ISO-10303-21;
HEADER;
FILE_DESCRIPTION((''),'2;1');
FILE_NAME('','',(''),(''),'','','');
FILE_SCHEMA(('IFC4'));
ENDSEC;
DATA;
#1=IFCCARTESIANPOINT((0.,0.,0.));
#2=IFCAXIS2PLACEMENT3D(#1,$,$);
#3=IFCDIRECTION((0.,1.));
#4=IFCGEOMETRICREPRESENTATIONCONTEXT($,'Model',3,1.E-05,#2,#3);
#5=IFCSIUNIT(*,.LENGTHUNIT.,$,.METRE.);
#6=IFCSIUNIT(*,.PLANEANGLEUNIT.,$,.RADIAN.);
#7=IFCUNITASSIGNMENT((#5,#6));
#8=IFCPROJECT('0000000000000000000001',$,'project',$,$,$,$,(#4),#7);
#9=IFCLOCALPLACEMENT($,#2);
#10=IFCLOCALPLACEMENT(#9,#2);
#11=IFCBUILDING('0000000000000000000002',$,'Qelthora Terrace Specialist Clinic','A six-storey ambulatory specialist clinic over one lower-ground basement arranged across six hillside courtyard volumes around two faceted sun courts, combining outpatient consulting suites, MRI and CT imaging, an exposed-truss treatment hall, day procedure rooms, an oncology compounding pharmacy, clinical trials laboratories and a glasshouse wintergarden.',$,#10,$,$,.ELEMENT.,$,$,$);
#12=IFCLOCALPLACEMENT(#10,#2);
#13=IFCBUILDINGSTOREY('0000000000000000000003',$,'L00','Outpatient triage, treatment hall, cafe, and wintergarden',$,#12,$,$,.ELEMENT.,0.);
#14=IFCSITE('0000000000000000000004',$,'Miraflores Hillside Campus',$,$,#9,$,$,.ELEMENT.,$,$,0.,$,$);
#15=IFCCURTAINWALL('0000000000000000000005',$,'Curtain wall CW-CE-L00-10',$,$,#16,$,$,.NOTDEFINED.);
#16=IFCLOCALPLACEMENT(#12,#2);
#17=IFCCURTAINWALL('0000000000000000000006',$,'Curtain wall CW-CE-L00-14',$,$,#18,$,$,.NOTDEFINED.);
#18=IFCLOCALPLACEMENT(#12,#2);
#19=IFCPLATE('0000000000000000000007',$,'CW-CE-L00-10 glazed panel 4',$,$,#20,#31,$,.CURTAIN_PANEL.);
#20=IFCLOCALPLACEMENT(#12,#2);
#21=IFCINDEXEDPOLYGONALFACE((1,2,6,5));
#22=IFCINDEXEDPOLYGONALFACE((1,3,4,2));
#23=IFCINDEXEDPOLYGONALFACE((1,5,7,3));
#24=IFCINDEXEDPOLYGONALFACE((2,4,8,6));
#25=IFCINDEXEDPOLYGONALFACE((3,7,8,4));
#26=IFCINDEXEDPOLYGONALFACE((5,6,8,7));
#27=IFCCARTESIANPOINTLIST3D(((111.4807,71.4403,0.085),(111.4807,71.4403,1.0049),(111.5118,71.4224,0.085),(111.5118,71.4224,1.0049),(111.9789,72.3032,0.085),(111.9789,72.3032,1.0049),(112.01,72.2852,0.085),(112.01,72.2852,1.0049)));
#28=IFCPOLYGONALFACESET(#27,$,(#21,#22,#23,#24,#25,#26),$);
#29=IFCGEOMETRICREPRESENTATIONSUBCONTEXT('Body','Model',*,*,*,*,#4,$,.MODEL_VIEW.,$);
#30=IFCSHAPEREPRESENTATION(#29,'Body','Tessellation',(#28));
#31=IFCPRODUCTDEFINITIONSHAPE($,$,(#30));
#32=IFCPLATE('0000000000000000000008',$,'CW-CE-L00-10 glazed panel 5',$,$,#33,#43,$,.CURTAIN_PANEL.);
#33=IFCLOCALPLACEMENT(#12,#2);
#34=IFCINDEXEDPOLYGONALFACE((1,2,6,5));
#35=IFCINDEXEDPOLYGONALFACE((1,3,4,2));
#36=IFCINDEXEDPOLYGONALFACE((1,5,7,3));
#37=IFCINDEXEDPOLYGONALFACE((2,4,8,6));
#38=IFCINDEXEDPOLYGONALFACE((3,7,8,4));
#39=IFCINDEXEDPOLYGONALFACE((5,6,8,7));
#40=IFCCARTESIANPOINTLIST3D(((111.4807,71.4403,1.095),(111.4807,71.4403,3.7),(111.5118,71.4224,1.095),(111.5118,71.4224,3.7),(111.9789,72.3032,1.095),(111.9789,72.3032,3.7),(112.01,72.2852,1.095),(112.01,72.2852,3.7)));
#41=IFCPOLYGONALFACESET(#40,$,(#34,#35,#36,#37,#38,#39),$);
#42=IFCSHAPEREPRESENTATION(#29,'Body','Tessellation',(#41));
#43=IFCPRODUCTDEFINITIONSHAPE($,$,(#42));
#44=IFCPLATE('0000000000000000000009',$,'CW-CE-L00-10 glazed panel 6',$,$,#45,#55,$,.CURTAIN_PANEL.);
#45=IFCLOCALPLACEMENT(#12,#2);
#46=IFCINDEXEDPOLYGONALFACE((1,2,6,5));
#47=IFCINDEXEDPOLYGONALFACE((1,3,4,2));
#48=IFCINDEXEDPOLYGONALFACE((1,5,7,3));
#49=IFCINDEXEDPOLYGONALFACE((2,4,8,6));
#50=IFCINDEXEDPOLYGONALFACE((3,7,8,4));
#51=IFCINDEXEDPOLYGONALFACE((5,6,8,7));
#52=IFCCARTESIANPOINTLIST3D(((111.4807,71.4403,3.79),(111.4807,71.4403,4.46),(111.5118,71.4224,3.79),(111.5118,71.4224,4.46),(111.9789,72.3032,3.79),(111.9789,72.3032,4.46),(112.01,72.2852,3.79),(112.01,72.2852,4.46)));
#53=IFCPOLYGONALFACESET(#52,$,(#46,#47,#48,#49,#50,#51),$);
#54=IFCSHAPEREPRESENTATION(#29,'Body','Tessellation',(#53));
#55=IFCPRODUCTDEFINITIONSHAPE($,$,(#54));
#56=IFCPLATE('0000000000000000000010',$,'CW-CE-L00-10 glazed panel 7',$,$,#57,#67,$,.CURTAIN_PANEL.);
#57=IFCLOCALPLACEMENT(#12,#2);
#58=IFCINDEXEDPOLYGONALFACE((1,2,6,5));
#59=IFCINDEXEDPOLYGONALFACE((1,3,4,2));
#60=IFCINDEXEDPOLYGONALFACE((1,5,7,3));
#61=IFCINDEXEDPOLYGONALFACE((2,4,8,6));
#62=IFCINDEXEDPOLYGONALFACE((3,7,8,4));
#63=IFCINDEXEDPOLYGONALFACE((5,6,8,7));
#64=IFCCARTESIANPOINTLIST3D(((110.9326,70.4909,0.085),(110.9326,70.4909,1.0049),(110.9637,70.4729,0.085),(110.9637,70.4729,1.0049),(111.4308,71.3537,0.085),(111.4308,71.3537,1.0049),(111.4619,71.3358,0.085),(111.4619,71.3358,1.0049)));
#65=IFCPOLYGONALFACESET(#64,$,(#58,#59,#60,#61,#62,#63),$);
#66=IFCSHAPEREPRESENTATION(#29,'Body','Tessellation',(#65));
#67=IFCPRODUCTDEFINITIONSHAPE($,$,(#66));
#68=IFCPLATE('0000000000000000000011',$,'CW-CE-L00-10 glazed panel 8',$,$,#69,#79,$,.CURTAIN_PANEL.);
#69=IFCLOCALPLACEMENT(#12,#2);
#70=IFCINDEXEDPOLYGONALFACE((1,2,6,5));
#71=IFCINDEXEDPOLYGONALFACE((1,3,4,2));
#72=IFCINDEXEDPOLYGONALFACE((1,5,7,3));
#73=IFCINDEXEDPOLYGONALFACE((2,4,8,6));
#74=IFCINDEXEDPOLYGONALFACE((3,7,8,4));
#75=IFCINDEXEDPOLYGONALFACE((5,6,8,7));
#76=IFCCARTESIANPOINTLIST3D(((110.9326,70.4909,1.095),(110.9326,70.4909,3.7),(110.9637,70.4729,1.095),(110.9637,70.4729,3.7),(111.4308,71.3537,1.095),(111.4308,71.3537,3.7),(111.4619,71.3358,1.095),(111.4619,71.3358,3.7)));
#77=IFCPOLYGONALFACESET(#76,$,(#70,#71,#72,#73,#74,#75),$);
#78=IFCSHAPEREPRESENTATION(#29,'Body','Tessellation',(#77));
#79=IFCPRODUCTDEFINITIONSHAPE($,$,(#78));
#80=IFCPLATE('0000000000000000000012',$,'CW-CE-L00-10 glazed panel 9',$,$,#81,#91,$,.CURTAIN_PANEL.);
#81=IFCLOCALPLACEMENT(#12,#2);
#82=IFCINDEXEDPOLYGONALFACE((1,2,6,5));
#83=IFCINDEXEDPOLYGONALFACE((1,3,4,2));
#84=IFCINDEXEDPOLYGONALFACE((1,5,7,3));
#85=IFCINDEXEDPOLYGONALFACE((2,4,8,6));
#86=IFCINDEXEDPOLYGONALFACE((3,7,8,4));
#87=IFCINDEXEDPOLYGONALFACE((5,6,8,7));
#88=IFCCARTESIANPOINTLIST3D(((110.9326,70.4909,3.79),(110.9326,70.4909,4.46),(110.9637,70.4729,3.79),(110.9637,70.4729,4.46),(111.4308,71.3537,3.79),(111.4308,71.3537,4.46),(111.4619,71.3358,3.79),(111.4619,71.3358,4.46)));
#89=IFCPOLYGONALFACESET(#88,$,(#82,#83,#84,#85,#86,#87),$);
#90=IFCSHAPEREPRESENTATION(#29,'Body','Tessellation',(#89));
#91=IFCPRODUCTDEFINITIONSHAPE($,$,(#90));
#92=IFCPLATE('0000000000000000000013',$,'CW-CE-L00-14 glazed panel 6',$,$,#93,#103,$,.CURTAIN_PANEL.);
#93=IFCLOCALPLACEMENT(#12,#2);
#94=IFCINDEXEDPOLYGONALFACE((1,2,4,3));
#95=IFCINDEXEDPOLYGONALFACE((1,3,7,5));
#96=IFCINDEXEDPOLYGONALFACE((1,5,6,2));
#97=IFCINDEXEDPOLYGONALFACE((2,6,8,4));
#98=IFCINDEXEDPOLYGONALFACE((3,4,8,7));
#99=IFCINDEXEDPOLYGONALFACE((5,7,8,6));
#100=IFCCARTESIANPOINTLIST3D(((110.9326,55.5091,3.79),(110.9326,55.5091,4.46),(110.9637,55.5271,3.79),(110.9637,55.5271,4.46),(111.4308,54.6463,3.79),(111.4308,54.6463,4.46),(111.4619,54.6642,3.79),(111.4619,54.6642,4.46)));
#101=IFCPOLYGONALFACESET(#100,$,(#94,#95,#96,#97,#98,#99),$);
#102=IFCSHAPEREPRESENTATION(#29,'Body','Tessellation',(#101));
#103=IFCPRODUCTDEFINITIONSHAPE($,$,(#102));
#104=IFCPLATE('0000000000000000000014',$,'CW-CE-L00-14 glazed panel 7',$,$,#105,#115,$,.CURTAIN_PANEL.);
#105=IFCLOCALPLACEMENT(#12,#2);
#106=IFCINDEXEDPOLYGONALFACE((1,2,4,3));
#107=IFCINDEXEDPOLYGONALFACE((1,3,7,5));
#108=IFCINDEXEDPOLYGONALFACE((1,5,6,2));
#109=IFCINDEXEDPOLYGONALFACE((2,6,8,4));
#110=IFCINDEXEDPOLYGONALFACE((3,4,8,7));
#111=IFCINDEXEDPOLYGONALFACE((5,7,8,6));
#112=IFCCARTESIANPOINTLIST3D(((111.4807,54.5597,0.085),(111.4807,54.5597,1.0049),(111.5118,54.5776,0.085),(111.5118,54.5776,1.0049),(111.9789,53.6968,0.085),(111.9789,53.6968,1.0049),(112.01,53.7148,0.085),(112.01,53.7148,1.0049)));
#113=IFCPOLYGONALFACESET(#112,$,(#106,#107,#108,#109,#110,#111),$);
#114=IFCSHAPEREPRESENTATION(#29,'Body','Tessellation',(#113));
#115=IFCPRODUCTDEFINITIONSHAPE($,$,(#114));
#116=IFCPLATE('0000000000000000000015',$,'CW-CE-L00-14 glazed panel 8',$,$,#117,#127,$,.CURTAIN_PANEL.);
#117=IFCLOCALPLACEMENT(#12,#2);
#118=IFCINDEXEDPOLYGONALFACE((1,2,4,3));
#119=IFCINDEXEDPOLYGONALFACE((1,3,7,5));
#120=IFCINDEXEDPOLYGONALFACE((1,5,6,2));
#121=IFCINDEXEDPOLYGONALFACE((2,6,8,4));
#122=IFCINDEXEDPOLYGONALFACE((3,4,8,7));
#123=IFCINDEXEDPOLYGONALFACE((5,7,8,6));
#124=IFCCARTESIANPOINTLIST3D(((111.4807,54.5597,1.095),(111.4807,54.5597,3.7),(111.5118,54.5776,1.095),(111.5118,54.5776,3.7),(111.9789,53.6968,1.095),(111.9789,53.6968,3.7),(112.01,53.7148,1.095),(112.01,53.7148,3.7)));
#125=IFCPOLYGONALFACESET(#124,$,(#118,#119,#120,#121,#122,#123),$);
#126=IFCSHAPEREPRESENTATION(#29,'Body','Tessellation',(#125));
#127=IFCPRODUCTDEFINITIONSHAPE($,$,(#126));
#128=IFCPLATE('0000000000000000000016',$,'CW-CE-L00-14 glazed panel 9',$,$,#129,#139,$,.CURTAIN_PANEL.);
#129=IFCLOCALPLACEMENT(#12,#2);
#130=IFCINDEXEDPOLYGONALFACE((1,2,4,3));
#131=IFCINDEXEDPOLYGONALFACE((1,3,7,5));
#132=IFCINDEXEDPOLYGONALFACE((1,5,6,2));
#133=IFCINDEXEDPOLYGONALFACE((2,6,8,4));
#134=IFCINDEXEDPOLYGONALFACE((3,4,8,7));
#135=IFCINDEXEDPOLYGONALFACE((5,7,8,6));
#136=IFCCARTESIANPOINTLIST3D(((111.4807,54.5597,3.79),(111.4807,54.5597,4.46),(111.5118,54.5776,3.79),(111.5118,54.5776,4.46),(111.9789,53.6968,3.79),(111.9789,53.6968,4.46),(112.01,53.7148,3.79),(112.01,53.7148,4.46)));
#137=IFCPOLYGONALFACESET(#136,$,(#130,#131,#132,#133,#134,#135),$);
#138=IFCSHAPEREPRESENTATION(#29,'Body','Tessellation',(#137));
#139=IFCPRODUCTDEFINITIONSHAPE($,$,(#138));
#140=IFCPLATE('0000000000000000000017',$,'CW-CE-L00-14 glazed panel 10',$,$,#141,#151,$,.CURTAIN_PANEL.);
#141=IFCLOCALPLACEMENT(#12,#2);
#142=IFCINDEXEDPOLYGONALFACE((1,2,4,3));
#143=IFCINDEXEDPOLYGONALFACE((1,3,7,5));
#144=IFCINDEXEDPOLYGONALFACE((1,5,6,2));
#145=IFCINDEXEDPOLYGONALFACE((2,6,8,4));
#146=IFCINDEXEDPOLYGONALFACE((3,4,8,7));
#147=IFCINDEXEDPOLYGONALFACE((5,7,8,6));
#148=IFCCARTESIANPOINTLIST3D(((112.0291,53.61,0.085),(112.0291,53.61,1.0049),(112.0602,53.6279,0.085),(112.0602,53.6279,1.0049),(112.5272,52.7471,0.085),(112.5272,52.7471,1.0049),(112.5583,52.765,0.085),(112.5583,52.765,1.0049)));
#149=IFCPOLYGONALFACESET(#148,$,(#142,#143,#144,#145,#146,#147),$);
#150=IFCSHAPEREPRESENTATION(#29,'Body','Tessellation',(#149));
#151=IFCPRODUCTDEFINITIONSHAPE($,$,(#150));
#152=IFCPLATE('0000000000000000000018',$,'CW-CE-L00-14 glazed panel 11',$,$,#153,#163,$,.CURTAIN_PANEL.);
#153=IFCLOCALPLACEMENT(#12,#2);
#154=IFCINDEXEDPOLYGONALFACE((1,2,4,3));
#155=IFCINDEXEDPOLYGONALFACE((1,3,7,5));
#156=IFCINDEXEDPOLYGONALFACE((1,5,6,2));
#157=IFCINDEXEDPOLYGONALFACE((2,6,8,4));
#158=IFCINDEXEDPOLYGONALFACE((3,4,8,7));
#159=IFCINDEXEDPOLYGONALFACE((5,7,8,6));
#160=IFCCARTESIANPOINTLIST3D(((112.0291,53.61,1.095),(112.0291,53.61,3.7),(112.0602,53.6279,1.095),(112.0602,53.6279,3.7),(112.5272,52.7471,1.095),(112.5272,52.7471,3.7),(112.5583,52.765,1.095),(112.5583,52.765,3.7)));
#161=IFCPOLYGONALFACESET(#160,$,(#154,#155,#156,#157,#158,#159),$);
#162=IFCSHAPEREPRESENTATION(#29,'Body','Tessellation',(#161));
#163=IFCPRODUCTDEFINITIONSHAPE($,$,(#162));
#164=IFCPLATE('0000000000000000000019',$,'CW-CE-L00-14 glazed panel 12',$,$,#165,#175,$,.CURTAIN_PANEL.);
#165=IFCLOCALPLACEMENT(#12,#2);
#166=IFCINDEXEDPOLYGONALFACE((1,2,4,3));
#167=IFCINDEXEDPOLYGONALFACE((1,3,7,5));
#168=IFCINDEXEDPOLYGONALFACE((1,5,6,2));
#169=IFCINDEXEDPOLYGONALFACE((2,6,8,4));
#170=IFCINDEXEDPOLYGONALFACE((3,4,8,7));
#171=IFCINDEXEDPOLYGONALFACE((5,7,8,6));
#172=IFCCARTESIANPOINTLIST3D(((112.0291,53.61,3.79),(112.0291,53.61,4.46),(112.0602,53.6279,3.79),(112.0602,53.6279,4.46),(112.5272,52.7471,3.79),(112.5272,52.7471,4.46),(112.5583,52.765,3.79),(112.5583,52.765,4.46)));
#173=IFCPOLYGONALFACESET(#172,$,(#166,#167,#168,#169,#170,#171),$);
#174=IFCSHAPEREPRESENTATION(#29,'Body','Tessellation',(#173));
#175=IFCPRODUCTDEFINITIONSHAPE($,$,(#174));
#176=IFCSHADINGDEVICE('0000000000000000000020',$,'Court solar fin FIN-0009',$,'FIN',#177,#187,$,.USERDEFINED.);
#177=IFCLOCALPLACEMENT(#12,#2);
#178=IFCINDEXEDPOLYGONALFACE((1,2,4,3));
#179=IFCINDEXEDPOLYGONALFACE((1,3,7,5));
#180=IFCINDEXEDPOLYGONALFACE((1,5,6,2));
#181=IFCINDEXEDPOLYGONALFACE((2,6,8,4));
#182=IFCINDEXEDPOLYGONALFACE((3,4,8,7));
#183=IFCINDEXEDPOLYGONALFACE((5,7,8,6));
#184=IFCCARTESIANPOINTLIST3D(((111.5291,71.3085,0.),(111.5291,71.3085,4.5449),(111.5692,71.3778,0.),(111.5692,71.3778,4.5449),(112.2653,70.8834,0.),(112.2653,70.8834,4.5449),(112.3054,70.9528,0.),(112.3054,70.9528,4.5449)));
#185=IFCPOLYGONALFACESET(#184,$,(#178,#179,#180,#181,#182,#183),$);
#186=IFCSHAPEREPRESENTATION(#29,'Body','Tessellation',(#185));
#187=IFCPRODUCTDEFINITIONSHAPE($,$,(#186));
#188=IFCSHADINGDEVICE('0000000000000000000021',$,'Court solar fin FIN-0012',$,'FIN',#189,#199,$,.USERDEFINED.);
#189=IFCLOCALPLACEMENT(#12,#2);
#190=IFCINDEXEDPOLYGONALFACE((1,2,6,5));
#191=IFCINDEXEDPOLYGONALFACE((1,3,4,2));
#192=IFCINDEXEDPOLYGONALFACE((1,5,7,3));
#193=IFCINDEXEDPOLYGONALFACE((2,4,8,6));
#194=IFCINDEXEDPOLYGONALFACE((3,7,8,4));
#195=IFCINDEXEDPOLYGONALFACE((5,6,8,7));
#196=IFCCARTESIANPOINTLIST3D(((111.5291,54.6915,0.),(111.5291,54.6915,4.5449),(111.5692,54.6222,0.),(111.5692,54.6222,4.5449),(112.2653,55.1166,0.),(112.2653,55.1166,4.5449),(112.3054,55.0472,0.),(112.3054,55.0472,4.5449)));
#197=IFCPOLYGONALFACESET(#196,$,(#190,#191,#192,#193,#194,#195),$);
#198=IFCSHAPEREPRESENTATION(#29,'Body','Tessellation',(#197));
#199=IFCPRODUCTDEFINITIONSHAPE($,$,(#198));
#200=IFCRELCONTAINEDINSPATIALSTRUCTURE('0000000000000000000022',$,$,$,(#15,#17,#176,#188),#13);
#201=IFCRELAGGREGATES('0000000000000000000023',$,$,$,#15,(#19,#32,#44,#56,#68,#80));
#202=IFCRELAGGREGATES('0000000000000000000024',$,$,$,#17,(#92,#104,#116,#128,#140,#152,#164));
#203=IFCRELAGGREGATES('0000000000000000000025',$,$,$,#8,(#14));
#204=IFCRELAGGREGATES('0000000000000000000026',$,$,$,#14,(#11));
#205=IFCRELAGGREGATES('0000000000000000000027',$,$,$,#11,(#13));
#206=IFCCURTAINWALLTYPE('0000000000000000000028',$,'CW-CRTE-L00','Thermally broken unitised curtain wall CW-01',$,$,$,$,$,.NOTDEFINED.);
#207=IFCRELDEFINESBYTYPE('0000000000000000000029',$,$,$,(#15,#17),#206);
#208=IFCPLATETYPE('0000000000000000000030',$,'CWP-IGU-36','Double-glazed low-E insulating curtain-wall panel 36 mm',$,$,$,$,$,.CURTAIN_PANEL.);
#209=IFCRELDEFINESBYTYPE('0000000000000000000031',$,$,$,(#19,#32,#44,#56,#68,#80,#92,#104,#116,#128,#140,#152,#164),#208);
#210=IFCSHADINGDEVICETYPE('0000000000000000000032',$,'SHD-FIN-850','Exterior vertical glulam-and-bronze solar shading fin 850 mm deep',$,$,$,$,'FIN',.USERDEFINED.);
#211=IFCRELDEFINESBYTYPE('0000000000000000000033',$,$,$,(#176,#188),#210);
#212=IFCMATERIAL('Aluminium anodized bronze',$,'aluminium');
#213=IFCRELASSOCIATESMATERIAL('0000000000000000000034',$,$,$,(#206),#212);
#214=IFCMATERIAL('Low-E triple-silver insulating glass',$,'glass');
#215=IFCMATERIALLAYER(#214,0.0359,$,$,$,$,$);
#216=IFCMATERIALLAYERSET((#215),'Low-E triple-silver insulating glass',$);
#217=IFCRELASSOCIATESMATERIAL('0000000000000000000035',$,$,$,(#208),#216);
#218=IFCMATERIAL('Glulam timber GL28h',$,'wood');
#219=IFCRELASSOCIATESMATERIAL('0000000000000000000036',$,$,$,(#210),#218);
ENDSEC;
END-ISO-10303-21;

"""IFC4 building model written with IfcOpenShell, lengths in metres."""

from ifc_helpers import new_model, si_unit, direction, frame, origin, origin_2d, place, context, subcontext, project, spatial, rectangle, extrude, material, layer, layer_set, type_object, element, aggregate, save


model = new_model("IFC4")

# Units and contexts
model_context = context("Model", 3, precision=1e-05, world=origin(), true_north=direction((0.0, 1.0)))
body_context = subcontext(model_context, "Body", "Model", "MODEL_VIEW")
ifc_project = project(units=[si_unit("LENGTHUNIT", "METRE"), si_unit("PLANEANGLEUNIT", "RADIAN")], contexts=[model_context])

# Site, building, storey
site_placement = place(None, origin())
site = spatial("IfcSite", under=ifc_project, at=site_placement, Name="Miraflores Hillside Campus", CompositionType="ELEMENT", RefElevation=0.0)
building_placement = place(site_placement, origin())
building = spatial("IfcBuilding", under=site, at=building_placement, Name="Qelthora Terrace Specialist Clinic", Description="A six-storey ambulatory specialist clinic over one lower-ground basement arranged across six hillside courtyard volumes around two faceted sun courts, combining outpatient consulting suites, MRI and CT imaging, an exposed-truss treatment hall, day procedure rooms, an oncology compounding pharmacy, clinical trials laboratories and a glasshouse wintergarden.", CompositionType="ELEMENT")
storey_placement = place(building_placement, origin())
storey = spatial("IfcBuildingStorey", under=building, at=storey_placement, Name="L00", Description="Outpatient triage, treatment hall, cafe, and wintergarden", CompositionType="ELEMENT", Elevation=0.0)

# Curtain walls
ifc_material_1 = material(Name="Aluminium anodized bronze", Category="aluminium")
curtain_wall_type = type_object("IfcCurtainWallType", Name="CW-CRTE-L00", Description="Thermally broken unitised curtain wall CW-01", PredefinedType="NOTDEFINED", material=ifc_material_1)
curtain_wall_1_placement = place(storey_placement, origin())
curtain_wall_1 = element("IfcCurtainWall", 1, at=curtain_wall_1_placement, inside=storey, type_object=curtain_wall_type, Name="Curtain wall CW-CE-L00-10", PredefinedType="NOTDEFINED")
curtain_wall_2_placement = place(storey_placement, origin())
curtain_wall_2 = element("IfcCurtainWall", 2, at=curtain_wall_2_placement, inside=storey, type_object=curtain_wall_type, Name="Curtain wall CW-CE-L00-14", PredefinedType="NOTDEFINED")

# Plates
ifc_material_2 = material(Name="Low-E triple-silver insulating glass", Category="glass")
ifc_layer = layer(ifc_material_2, 0.0359)
ifc_layer_set = layer_set([ifc_layer], Name="Low-E triple-silver insulating glass")
plate_type = type_object("IfcPlateType", Name="CWP-IGU-36", Description="Double-glazed low-E insulating curtain-wall panel 36 mm", PredefinedType="CURTAIN_PANEL", material=ifc_layer_set)
plate_1_placement = place(storey_placement, frame((111.7454, 71.8628, 0.085), z_axis=(0.0, 0.0, 1.0), x_axis=(-0.5, -0.866025, 0.0)))
plate_1 = element("IfcPlate", 3, at=plate_1_placement, type_object=plate_type, Name="CW-CE-L00-10 glazed panel 4", PredefinedType="CURTAIN_PANEL", context=body_context, shape_type="SweptSolid", body=[
    extrude(rectangle(XDim=0.9963, YDim=0.0359, at=origin_2d()), origin(), (0.0, 0.0, 1.0), 0.9199),
])
plate_2_placement = place(storey_placement, frame((111.7454, 71.8628, 1.095), z_axis=(0.0, 0.0, 1.0), x_axis=(-0.5, -0.866025, 0.0)))
plate_2 = element("IfcPlate", 4, at=plate_2_placement, type_object=plate_type, Name="CW-CE-L00-10 glazed panel 5", PredefinedType="CURTAIN_PANEL", context=body_context, shape_type="SweptSolid", body=[
    extrude(rectangle(XDim=0.9963, YDim=0.0359, at=origin_2d()), origin(), (0.0, 0.0, 1.0), 2.605),
])
plate_3_placement = place(storey_placement, frame((111.7454, 71.8628, 3.79), z_axis=(0.0, 0.0, 1.0), x_axis=(-0.5, -0.866025, 0.0)))
plate_3 = element("IfcPlate", 5, at=plate_3_placement, type_object=plate_type, Name="CW-CE-L00-10 glazed panel 6", PredefinedType="CURTAIN_PANEL", context=body_context, shape_type="SweptSolid", body=[
    extrude(rectangle(XDim=0.9963, YDim=0.0359, at=origin_2d()), origin(), (0.0, 0.0, 1.0), 0.6699),
])
plate_4_placement = place(storey_placement, frame((111.1973, 70.9133, 0.085), z_axis=(0.0, 0.0, 1.0), x_axis=(-0.5, -0.866025, 0.0)))
plate_4 = element("IfcPlate", 6, at=plate_4_placement, type_object=plate_type, Name="CW-CE-L00-10 glazed panel 7", PredefinedType="CURTAIN_PANEL", context=body_context, shape_type="SweptSolid", body=[
    extrude(rectangle(XDim=0.9963, YDim=0.0359, at=origin_2d()), origin(), (0.0, 0.0, 1.0), 0.9199),
])
plate_5_placement = place(storey_placement, frame((111.1973, 70.9133, 1.095), z_axis=(0.0, 0.0, 1.0), x_axis=(-0.5, -0.866025, 0.0)))
plate_5 = element("IfcPlate", 7, at=plate_5_placement, type_object=plate_type, Name="CW-CE-L00-10 glazed panel 8", PredefinedType="CURTAIN_PANEL", context=body_context, shape_type="SweptSolid", body=[
    extrude(rectangle(XDim=0.9963, YDim=0.0359, at=origin_2d()), origin(), (0.0, 0.0, 1.0), 2.605),
])
plate_6_placement = place(storey_placement, frame((111.1973, 70.9133, 3.79), z_axis=(0.0, 0.0, 1.0), x_axis=(-0.5, -0.866025, 0.0)))
plate_6 = element("IfcPlate", 8, at=plate_6_placement, type_object=plate_type, Name="CW-CE-L00-10 glazed panel 9", PredefinedType="CURTAIN_PANEL", context=body_context, shape_type="SweptSolid", body=[
    extrude(rectangle(XDim=0.9963, YDim=0.0359, at=origin_2d()), origin(), (0.0, 0.0, 1.0), 0.6699),
])
aggregate(curtain_wall_1, [plate_1, plate_2, plate_3, plate_4, plate_5, plate_6])
plate_7_placement = place(storey_placement, frame((111.1973, 55.0867, 3.79), z_axis=(0.0, 0.0, 1.0), x_axis=(0.5, -0.866025, 0.0)))
plate_7 = element("IfcPlate", 9, at=plate_7_placement, type_object=plate_type, Name="CW-CE-L00-14 glazed panel 6", PredefinedType="CURTAIN_PANEL", context=body_context, shape_type="SweptSolid", body=[
    extrude(rectangle(XDim=0.9963, YDim=0.0359, at=origin_2d()), origin(), (0.0, 0.0, 1.0), 0.6699),
])
plate_8_placement = place(storey_placement, frame((111.7454, 54.1372, 0.085), z_axis=(0.0, 0.0, 1.0), x_axis=(0.5, -0.866025, 0.0)))
plate_8 = element("IfcPlate", 10, at=plate_8_placement, type_object=plate_type, Name="CW-CE-L00-14 glazed panel 7", PredefinedType="CURTAIN_PANEL", context=body_context, shape_type="SweptSolid", body=[
    extrude(rectangle(XDim=0.9963, YDim=0.0359, at=origin_2d()), origin(), (0.0, 0.0, 1.0), 0.9199),
])
plate_9_placement = place(storey_placement, frame((111.7454, 54.1372, 1.095), z_axis=(0.0, 0.0, 1.0), x_axis=(0.5, -0.866025, 0.0)))
plate_9 = element("IfcPlate", 11, at=plate_9_placement, type_object=plate_type, Name="CW-CE-L00-14 glazed panel 8", PredefinedType="CURTAIN_PANEL", context=body_context, shape_type="SweptSolid", body=[
    extrude(rectangle(XDim=0.9963, YDim=0.0359, at=origin_2d()), origin(), (0.0, 0.0, 1.0), 2.605),
])
plate_10_placement = place(storey_placement, frame((111.7454, 54.1372, 3.79), z_axis=(0.0, 0.0, 1.0), x_axis=(0.5, -0.866025, 0.0)))
plate_10 = element("IfcPlate", 12, at=plate_10_placement, type_object=plate_type, Name="CW-CE-L00-14 glazed panel 9", PredefinedType="CURTAIN_PANEL", context=body_context, shape_type="SweptSolid", body=[
    extrude(rectangle(XDim=0.9963, YDim=0.0359, at=origin_2d()), origin(), (0.0, 0.0, 1.0), 0.6699),
])
plate_11_placement = place(storey_placement, frame((112.2937, 53.1875, 0.085), z_axis=(0.0, 0.0, 1.0), x_axis=(0.5, -0.866025, 0.0)))
plate_11 = element("IfcPlate", 13, at=plate_11_placement, type_object=plate_type, Name="CW-CE-L00-14 glazed panel 10", PredefinedType="CURTAIN_PANEL", context=body_context, shape_type="SweptSolid", body=[
    extrude(rectangle(XDim=0.9963, YDim=0.0359, at=origin_2d()), origin(), (0.0, 0.0, 1.0), 0.9199),
])
plate_12_placement = place(storey_placement, frame((112.2937, 53.1875, 1.095), z_axis=(0.0, 0.0, 1.0), x_axis=(0.5, -0.866025, 0.0)))
plate_12 = element("IfcPlate", 14, at=plate_12_placement, type_object=plate_type, Name="CW-CE-L00-14 glazed panel 11", PredefinedType="CURTAIN_PANEL", context=body_context, shape_type="SweptSolid", body=[
    extrude(rectangle(XDim=0.9963, YDim=0.0359, at=origin_2d()), origin(), (0.0, 0.0, 1.0), 2.605),
])
plate_13_placement = place(storey_placement, frame((112.2937, 53.1875, 3.79), z_axis=(0.0, 0.0, 1.0), x_axis=(0.5, -0.866025, 0.0)))
plate_13 = element("IfcPlate", 15, at=plate_13_placement, type_object=plate_type, Name="CW-CE-L00-14 glazed panel 12", PredefinedType="CURTAIN_PANEL", context=body_context, shape_type="SweptSolid", body=[
    extrude(rectangle(XDim=0.9963, YDim=0.0359, at=origin_2d()), origin(), (0.0, 0.0, 1.0), 0.6699),
])
aggregate(curtain_wall_2, [plate_7, plate_8, plate_9, plate_10, plate_11, plate_12, plate_13])

# Shading devices
ifc_material_3 = material(Name="Glulam timber GL28h", Category="wood")
shading_device_type = type_object("IfcShadingDeviceType", Name="SHD-FIN-850", Description="Exterior vertical glulam-and-bronze solar shading fin 850 mm deep", ElementType="FIN", PredefinedType="USERDEFINED", material=ifc_material_3)
for number, where, z_axis, x_axis, name in (
    (16, (111.9172, 71.1306, 0.0), (0.0, 0.0, 1.0), (0.866025, -0.5, 0.0), "Court solar fin FIN-0009"),
    (17, (111.9172, 54.8694, 0.0), (0.0, 0.0, 1.0), (0.866025, 0.5, 0.0), "Court solar fin FIN-0012"),
):
    element("IfcShadingDevice", number, at=place(storey_placement, frame(where, z_axis=z_axis, x_axis=x_axis)), inside=storey, type_object=shading_device_type, Name=name, ObjectType="FIN", PredefinedType="USERDEFINED", context=body_context, shape_type="SweptSolid", body=[
        extrude(rectangle(XDim=0.8501, YDim=0.0801, at=origin_2d()), origin(), (0.0, 0.0, 1.0), 4.5449),
    ])

save(model, "model.ifc")
